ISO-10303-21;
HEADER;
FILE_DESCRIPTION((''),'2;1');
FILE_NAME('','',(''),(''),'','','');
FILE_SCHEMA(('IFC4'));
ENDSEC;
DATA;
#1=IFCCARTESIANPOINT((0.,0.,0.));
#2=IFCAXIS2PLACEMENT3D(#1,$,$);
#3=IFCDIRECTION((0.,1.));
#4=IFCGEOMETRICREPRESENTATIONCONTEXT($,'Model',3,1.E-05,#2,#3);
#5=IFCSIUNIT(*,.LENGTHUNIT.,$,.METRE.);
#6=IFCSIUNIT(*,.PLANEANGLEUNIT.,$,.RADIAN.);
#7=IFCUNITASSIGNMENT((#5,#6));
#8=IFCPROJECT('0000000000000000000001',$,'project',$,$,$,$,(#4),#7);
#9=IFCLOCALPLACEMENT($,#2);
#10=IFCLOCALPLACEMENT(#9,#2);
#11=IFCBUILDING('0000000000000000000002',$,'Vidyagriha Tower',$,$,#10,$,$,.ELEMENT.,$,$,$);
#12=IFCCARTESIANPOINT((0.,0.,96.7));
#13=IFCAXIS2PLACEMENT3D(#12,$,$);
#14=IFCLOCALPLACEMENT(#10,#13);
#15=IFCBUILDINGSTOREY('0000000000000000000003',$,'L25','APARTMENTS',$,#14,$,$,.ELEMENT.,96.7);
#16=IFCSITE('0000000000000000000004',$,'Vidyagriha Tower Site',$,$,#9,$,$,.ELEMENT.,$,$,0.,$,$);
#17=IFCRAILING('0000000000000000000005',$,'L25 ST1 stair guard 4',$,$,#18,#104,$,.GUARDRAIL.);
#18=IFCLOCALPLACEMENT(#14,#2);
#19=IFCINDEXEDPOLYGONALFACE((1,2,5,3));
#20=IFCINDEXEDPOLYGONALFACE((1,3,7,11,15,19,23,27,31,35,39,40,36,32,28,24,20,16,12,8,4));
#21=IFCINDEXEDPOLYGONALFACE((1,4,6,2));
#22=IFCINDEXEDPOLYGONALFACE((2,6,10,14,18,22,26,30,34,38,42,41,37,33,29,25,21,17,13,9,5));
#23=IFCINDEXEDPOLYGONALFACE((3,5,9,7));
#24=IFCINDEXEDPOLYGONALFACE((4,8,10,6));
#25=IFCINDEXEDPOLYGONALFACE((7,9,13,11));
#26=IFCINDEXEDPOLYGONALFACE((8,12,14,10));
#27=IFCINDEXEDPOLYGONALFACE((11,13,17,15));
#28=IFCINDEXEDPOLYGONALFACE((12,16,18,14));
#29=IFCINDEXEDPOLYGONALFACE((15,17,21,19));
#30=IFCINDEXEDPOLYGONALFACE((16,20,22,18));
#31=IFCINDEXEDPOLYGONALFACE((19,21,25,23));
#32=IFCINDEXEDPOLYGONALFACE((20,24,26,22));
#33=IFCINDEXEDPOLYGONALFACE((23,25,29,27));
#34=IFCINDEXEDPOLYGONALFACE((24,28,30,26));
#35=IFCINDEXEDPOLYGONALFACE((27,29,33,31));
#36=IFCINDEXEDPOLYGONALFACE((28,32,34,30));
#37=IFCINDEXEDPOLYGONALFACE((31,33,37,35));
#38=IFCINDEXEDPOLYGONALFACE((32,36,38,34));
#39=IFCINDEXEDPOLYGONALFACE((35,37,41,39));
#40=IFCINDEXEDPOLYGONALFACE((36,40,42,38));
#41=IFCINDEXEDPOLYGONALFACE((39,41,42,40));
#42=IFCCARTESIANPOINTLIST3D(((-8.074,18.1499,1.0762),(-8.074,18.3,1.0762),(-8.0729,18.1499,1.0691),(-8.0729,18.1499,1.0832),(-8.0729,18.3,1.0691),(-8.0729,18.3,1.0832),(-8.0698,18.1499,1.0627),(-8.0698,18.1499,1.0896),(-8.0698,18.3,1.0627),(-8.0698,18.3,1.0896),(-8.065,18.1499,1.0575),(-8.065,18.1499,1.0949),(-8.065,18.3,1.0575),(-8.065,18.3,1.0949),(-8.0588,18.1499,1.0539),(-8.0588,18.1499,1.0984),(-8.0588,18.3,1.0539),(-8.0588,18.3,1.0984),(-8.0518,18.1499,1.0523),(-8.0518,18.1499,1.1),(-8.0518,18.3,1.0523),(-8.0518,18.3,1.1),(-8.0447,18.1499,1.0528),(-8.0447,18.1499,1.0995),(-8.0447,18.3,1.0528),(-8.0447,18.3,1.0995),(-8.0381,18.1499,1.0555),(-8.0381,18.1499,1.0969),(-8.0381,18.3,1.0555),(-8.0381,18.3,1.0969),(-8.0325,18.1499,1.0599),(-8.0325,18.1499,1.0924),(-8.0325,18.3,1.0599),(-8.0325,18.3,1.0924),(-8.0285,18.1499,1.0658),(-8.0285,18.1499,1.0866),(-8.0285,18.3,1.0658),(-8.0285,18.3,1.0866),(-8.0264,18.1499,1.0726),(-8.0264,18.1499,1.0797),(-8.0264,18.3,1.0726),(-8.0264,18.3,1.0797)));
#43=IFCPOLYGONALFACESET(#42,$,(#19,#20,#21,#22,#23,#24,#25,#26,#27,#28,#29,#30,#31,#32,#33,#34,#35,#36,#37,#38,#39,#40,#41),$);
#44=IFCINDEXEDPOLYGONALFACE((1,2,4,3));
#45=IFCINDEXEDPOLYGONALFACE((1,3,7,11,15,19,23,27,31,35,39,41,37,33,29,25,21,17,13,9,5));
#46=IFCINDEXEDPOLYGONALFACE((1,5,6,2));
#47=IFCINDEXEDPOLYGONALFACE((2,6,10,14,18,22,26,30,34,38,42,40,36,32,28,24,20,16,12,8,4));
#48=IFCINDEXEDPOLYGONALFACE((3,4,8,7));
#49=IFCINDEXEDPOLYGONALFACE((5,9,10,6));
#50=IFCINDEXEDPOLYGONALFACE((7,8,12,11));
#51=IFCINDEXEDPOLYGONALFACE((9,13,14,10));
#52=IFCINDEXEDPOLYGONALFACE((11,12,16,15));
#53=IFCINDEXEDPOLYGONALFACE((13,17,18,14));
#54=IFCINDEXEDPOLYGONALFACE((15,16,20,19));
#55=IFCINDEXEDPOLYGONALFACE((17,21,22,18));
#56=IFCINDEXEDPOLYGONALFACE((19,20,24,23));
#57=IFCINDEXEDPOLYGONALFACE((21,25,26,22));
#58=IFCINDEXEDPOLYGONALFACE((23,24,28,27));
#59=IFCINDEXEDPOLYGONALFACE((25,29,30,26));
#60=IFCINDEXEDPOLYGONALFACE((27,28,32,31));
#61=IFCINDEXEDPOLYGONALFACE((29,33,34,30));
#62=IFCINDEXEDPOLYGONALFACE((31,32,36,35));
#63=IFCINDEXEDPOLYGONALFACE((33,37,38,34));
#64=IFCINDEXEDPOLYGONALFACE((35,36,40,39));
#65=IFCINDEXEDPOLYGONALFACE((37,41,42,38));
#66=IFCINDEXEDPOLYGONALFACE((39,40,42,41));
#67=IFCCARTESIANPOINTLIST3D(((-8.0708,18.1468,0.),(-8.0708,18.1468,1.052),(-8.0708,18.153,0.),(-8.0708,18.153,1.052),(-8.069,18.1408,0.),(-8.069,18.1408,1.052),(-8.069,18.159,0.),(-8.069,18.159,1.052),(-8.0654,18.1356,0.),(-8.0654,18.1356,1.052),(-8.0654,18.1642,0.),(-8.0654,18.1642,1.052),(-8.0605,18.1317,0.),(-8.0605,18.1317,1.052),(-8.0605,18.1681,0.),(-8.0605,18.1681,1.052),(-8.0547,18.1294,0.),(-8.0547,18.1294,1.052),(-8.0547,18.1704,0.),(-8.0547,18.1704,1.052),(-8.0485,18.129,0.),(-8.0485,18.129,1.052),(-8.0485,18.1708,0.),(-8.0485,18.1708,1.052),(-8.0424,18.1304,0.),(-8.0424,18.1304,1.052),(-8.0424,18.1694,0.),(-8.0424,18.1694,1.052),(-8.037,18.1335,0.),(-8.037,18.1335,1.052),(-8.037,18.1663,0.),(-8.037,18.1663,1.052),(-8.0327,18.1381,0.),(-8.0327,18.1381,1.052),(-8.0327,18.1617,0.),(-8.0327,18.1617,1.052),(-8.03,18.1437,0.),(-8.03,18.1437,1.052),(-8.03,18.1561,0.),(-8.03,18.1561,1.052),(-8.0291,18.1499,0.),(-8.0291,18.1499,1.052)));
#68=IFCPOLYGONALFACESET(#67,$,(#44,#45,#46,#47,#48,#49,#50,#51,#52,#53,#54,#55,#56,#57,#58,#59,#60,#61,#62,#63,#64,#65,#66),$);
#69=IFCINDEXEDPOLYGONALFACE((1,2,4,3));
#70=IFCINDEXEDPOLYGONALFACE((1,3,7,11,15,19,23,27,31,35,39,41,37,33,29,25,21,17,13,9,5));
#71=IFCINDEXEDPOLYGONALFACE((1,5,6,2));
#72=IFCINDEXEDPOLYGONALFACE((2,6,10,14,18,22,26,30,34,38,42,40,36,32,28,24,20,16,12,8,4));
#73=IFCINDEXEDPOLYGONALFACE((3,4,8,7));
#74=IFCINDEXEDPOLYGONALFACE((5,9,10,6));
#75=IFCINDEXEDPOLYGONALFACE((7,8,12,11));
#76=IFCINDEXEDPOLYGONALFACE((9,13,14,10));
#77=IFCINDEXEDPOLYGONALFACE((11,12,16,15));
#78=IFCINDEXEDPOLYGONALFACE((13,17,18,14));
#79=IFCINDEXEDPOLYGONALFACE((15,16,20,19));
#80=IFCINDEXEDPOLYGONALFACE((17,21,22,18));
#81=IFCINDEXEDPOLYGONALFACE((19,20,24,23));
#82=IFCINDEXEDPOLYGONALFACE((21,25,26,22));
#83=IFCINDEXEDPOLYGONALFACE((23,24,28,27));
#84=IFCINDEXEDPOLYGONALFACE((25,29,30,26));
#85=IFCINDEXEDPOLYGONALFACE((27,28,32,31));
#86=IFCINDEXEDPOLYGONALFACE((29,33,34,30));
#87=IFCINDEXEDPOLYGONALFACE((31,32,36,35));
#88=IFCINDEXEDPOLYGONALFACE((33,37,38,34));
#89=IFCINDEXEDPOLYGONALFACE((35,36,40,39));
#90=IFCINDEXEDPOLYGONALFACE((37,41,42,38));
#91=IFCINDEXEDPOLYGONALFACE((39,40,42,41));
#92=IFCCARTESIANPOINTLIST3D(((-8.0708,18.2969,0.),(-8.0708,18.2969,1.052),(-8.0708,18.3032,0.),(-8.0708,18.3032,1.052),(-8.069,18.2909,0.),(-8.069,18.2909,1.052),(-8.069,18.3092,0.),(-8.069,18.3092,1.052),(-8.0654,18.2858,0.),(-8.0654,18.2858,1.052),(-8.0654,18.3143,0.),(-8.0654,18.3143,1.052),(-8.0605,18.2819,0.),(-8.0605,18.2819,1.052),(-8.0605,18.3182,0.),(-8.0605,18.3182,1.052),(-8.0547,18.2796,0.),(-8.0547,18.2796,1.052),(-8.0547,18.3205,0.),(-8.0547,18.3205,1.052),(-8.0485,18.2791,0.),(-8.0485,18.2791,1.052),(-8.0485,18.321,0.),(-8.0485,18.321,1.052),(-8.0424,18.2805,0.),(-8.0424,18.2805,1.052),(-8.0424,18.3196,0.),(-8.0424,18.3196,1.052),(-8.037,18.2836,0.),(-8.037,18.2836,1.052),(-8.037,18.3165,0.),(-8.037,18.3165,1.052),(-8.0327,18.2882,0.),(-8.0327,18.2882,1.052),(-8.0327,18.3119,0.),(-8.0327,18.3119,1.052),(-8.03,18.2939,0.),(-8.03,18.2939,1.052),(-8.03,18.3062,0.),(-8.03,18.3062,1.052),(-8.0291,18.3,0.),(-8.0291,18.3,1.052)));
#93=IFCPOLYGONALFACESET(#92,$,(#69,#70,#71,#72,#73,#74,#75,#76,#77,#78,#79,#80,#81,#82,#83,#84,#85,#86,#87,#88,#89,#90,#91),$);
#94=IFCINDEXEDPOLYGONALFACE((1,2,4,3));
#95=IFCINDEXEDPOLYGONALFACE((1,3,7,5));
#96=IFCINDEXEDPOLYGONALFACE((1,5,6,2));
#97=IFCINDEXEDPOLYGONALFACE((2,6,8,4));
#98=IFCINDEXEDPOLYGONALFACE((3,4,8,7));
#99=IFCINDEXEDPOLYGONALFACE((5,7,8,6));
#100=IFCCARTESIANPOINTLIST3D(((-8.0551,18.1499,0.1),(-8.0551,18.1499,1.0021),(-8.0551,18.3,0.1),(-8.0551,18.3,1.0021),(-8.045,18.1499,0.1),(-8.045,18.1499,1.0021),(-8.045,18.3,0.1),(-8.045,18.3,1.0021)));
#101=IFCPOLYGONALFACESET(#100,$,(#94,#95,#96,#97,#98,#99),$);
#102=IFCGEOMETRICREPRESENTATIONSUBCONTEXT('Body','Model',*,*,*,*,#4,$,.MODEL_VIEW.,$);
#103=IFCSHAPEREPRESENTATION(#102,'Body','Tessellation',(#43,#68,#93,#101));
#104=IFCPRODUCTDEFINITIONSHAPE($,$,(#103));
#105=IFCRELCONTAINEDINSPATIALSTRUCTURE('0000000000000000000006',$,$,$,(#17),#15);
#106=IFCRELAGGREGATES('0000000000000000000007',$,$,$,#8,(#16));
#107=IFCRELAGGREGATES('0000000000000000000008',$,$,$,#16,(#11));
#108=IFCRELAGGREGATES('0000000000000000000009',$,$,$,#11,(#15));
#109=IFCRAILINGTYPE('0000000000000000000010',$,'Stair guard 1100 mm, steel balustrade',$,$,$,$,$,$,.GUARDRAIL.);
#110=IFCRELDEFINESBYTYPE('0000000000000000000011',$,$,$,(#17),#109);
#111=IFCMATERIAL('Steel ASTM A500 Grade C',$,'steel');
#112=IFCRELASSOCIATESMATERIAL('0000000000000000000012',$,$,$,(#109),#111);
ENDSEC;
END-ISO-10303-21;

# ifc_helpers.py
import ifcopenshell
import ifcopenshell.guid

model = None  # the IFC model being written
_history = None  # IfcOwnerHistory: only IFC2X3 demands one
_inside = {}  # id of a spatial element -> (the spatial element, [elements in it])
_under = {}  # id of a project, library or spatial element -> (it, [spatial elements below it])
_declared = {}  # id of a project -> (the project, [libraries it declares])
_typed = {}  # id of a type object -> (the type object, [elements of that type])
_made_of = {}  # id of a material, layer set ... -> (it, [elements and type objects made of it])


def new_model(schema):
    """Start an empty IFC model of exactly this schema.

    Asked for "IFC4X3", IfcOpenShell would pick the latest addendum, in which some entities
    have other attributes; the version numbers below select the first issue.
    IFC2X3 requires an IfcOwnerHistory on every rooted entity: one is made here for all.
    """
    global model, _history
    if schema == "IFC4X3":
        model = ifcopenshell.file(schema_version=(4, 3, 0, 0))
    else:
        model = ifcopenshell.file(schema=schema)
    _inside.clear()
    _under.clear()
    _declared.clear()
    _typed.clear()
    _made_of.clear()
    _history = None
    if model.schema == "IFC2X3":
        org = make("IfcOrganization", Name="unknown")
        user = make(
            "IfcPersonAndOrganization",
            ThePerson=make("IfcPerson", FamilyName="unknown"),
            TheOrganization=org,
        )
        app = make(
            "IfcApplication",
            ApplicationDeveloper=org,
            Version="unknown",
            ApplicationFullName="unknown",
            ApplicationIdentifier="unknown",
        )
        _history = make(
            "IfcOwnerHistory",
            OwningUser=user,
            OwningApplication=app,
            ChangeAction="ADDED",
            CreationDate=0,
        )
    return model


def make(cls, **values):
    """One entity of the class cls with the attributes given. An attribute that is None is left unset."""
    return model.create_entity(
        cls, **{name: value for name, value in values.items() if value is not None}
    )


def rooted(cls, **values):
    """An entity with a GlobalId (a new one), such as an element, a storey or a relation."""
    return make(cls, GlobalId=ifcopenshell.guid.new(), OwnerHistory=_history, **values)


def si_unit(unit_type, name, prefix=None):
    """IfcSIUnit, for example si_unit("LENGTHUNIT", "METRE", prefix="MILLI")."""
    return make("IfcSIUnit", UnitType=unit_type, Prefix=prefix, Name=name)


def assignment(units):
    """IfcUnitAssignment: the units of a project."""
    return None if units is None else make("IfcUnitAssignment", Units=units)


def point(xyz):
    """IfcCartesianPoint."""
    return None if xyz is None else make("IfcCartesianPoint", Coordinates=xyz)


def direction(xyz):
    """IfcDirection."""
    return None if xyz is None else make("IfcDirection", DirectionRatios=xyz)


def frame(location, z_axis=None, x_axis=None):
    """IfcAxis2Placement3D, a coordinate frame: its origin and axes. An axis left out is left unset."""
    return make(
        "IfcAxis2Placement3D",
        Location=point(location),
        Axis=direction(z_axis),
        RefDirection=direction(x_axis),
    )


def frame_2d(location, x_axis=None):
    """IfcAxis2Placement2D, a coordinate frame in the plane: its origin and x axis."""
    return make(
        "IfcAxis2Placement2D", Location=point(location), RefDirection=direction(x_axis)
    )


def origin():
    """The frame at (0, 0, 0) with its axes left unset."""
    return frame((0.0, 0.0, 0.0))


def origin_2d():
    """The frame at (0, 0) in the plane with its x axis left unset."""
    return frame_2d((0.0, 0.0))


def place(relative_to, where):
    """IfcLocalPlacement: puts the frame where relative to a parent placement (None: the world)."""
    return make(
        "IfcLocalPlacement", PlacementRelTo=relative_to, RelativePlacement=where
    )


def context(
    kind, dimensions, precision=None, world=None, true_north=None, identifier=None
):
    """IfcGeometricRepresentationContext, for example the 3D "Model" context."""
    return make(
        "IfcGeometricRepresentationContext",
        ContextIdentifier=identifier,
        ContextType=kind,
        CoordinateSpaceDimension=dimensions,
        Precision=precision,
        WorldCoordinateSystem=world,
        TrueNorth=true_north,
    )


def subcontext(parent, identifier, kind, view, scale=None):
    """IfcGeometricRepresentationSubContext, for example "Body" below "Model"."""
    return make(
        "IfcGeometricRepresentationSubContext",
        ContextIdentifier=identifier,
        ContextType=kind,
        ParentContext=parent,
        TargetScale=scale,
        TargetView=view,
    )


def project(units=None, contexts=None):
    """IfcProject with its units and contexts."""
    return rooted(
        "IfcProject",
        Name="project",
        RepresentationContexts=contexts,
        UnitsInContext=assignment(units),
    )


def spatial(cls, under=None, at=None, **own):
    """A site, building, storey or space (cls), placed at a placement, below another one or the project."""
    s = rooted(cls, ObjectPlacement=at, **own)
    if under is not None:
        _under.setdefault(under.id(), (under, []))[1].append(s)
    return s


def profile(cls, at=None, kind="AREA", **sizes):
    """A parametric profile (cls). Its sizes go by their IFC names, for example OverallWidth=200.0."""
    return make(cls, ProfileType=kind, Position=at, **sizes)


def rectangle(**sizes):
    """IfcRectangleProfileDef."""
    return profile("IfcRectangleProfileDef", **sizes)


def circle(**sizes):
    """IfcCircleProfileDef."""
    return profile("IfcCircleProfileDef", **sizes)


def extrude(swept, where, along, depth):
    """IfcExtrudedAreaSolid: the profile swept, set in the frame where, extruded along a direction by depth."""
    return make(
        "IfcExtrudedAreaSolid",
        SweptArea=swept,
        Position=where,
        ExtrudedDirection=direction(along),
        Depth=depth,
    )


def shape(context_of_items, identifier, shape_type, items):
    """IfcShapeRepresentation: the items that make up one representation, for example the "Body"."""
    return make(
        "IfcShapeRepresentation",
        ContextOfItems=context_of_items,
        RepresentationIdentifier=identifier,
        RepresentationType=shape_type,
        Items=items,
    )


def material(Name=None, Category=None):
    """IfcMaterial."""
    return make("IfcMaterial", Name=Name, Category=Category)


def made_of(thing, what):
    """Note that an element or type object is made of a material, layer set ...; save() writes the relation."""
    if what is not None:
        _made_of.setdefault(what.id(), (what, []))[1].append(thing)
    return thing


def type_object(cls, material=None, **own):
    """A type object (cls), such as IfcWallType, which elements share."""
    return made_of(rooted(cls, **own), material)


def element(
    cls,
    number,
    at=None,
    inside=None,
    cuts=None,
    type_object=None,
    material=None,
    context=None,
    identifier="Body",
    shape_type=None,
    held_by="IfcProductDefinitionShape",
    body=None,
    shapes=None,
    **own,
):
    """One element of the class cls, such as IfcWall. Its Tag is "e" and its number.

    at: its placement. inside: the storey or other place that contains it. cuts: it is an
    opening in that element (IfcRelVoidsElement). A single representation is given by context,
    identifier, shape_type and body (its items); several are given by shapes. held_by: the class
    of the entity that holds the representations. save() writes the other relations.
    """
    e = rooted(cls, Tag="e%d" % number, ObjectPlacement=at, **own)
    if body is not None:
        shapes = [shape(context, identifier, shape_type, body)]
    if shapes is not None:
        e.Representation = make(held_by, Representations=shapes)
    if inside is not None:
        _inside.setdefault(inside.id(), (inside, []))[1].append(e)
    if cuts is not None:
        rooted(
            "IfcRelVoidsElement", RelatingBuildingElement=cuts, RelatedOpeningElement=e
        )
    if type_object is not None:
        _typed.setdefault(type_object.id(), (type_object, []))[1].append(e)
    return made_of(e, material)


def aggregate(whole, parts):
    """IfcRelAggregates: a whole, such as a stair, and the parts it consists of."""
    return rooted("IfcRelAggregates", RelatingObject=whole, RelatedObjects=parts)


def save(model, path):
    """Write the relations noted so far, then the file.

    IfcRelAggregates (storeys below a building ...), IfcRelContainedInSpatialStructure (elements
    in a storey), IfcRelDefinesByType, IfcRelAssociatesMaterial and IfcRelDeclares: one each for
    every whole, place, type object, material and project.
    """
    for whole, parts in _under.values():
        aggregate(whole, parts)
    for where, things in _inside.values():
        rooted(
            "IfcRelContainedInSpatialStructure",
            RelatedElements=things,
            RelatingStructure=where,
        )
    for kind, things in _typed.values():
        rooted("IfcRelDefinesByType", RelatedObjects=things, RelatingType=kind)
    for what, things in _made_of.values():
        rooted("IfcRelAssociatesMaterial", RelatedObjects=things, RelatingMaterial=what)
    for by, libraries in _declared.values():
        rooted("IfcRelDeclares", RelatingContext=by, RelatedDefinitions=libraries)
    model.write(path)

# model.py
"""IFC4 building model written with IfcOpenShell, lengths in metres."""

from ifc_helpers import new_model, si_unit, direction, frame, origin, origin_2d, place, context, subcontext, project, spatial, rectangle, circle, extrude, material, type_object, element, save


model = new_model("IFC4")

# Units and contexts
model_context = context("Model", 3, precision=1e-05, world=origin(), true_north=direction((0.0, 1.0)))
body_context = subcontext(model_context, "Body", "Model", "MODEL_VIEW")
ifc_project = project(units=[si_unit("LENGTHUNIT", "METRE"), si_unit("PLANEANGLEUNIT", "RADIAN")], contexts=[model_context])

# Site, building, storey
site_placement = place(None, origin())
site = spatial("IfcSite", under=ifc_project, at=site_placement, Name="Vidyagriha Tower Site", CompositionType="ELEMENT", RefElevation=0.0)
building_placement = place(site_placement, origin())
building = spatial("IfcBuilding", under=site, at=building_placement, Name="Vidyagriha Tower", CompositionType="ELEMENT")
storey_placement = place(building_placement, frame((0.0, 0.0, 96.7)))
storey = spatial("IfcBuildingStorey", under=building, at=storey_placement, Name="L25", Description="APARTMENTS", CompositionType="ELEMENT", Elevation=96.7)

# Railing
ifc_material_1 = material(Name="Steel ASTM A500 Grade C", Category="steel")
railing_type_1 = type_object("IfcRailingType", Name="Stair guard 1100 mm, steel balustrade", PredefinedType="GUARDRAIL", material=ifc_material_1)
railing_1_placement = place(storey_placement, frame((-8.05, 18.1499, 0.0)))
element("IfcRailing", 1, at=railing_1_placement, inside=storey, type_object=railing_type_1, Name="L25 ST1 stair guard 4", PredefinedType="GUARDRAIL", context=body_context, shape_type="SweptSolid", body=[
    extrude(circle(Radius=0.0239, at=origin_2d()), frame((0.0, 0.0, 1.0762), z_axis=(0.0, 1.0, 0.0), x_axis=(-1.0, 0.0, 0.0)), (0.0, 0.0, 1.0), 0.1501),
    extrude(circle(Radius=0.021, at=origin_2d()), origin(), (0.0, 0.0, 1.0), 1.052),
    extrude(circle(Radius=0.021, at=origin_2d()), frame((0.0, 0.1501, 0.0)), (0.0, 0.0, 1.0), 1.052),
    extrude(rectangle(XDim=0.01, YDim=0.9021, at=origin_2d()), frame((0.0, 0.0, 0.551), z_axis=(0.0, 1.0, 0.0), x_axis=(-1.0, 0.0, 0.0)), (0.0, 0.0, 1.0), 0.1501),
])

save(model, "model.ifc")
